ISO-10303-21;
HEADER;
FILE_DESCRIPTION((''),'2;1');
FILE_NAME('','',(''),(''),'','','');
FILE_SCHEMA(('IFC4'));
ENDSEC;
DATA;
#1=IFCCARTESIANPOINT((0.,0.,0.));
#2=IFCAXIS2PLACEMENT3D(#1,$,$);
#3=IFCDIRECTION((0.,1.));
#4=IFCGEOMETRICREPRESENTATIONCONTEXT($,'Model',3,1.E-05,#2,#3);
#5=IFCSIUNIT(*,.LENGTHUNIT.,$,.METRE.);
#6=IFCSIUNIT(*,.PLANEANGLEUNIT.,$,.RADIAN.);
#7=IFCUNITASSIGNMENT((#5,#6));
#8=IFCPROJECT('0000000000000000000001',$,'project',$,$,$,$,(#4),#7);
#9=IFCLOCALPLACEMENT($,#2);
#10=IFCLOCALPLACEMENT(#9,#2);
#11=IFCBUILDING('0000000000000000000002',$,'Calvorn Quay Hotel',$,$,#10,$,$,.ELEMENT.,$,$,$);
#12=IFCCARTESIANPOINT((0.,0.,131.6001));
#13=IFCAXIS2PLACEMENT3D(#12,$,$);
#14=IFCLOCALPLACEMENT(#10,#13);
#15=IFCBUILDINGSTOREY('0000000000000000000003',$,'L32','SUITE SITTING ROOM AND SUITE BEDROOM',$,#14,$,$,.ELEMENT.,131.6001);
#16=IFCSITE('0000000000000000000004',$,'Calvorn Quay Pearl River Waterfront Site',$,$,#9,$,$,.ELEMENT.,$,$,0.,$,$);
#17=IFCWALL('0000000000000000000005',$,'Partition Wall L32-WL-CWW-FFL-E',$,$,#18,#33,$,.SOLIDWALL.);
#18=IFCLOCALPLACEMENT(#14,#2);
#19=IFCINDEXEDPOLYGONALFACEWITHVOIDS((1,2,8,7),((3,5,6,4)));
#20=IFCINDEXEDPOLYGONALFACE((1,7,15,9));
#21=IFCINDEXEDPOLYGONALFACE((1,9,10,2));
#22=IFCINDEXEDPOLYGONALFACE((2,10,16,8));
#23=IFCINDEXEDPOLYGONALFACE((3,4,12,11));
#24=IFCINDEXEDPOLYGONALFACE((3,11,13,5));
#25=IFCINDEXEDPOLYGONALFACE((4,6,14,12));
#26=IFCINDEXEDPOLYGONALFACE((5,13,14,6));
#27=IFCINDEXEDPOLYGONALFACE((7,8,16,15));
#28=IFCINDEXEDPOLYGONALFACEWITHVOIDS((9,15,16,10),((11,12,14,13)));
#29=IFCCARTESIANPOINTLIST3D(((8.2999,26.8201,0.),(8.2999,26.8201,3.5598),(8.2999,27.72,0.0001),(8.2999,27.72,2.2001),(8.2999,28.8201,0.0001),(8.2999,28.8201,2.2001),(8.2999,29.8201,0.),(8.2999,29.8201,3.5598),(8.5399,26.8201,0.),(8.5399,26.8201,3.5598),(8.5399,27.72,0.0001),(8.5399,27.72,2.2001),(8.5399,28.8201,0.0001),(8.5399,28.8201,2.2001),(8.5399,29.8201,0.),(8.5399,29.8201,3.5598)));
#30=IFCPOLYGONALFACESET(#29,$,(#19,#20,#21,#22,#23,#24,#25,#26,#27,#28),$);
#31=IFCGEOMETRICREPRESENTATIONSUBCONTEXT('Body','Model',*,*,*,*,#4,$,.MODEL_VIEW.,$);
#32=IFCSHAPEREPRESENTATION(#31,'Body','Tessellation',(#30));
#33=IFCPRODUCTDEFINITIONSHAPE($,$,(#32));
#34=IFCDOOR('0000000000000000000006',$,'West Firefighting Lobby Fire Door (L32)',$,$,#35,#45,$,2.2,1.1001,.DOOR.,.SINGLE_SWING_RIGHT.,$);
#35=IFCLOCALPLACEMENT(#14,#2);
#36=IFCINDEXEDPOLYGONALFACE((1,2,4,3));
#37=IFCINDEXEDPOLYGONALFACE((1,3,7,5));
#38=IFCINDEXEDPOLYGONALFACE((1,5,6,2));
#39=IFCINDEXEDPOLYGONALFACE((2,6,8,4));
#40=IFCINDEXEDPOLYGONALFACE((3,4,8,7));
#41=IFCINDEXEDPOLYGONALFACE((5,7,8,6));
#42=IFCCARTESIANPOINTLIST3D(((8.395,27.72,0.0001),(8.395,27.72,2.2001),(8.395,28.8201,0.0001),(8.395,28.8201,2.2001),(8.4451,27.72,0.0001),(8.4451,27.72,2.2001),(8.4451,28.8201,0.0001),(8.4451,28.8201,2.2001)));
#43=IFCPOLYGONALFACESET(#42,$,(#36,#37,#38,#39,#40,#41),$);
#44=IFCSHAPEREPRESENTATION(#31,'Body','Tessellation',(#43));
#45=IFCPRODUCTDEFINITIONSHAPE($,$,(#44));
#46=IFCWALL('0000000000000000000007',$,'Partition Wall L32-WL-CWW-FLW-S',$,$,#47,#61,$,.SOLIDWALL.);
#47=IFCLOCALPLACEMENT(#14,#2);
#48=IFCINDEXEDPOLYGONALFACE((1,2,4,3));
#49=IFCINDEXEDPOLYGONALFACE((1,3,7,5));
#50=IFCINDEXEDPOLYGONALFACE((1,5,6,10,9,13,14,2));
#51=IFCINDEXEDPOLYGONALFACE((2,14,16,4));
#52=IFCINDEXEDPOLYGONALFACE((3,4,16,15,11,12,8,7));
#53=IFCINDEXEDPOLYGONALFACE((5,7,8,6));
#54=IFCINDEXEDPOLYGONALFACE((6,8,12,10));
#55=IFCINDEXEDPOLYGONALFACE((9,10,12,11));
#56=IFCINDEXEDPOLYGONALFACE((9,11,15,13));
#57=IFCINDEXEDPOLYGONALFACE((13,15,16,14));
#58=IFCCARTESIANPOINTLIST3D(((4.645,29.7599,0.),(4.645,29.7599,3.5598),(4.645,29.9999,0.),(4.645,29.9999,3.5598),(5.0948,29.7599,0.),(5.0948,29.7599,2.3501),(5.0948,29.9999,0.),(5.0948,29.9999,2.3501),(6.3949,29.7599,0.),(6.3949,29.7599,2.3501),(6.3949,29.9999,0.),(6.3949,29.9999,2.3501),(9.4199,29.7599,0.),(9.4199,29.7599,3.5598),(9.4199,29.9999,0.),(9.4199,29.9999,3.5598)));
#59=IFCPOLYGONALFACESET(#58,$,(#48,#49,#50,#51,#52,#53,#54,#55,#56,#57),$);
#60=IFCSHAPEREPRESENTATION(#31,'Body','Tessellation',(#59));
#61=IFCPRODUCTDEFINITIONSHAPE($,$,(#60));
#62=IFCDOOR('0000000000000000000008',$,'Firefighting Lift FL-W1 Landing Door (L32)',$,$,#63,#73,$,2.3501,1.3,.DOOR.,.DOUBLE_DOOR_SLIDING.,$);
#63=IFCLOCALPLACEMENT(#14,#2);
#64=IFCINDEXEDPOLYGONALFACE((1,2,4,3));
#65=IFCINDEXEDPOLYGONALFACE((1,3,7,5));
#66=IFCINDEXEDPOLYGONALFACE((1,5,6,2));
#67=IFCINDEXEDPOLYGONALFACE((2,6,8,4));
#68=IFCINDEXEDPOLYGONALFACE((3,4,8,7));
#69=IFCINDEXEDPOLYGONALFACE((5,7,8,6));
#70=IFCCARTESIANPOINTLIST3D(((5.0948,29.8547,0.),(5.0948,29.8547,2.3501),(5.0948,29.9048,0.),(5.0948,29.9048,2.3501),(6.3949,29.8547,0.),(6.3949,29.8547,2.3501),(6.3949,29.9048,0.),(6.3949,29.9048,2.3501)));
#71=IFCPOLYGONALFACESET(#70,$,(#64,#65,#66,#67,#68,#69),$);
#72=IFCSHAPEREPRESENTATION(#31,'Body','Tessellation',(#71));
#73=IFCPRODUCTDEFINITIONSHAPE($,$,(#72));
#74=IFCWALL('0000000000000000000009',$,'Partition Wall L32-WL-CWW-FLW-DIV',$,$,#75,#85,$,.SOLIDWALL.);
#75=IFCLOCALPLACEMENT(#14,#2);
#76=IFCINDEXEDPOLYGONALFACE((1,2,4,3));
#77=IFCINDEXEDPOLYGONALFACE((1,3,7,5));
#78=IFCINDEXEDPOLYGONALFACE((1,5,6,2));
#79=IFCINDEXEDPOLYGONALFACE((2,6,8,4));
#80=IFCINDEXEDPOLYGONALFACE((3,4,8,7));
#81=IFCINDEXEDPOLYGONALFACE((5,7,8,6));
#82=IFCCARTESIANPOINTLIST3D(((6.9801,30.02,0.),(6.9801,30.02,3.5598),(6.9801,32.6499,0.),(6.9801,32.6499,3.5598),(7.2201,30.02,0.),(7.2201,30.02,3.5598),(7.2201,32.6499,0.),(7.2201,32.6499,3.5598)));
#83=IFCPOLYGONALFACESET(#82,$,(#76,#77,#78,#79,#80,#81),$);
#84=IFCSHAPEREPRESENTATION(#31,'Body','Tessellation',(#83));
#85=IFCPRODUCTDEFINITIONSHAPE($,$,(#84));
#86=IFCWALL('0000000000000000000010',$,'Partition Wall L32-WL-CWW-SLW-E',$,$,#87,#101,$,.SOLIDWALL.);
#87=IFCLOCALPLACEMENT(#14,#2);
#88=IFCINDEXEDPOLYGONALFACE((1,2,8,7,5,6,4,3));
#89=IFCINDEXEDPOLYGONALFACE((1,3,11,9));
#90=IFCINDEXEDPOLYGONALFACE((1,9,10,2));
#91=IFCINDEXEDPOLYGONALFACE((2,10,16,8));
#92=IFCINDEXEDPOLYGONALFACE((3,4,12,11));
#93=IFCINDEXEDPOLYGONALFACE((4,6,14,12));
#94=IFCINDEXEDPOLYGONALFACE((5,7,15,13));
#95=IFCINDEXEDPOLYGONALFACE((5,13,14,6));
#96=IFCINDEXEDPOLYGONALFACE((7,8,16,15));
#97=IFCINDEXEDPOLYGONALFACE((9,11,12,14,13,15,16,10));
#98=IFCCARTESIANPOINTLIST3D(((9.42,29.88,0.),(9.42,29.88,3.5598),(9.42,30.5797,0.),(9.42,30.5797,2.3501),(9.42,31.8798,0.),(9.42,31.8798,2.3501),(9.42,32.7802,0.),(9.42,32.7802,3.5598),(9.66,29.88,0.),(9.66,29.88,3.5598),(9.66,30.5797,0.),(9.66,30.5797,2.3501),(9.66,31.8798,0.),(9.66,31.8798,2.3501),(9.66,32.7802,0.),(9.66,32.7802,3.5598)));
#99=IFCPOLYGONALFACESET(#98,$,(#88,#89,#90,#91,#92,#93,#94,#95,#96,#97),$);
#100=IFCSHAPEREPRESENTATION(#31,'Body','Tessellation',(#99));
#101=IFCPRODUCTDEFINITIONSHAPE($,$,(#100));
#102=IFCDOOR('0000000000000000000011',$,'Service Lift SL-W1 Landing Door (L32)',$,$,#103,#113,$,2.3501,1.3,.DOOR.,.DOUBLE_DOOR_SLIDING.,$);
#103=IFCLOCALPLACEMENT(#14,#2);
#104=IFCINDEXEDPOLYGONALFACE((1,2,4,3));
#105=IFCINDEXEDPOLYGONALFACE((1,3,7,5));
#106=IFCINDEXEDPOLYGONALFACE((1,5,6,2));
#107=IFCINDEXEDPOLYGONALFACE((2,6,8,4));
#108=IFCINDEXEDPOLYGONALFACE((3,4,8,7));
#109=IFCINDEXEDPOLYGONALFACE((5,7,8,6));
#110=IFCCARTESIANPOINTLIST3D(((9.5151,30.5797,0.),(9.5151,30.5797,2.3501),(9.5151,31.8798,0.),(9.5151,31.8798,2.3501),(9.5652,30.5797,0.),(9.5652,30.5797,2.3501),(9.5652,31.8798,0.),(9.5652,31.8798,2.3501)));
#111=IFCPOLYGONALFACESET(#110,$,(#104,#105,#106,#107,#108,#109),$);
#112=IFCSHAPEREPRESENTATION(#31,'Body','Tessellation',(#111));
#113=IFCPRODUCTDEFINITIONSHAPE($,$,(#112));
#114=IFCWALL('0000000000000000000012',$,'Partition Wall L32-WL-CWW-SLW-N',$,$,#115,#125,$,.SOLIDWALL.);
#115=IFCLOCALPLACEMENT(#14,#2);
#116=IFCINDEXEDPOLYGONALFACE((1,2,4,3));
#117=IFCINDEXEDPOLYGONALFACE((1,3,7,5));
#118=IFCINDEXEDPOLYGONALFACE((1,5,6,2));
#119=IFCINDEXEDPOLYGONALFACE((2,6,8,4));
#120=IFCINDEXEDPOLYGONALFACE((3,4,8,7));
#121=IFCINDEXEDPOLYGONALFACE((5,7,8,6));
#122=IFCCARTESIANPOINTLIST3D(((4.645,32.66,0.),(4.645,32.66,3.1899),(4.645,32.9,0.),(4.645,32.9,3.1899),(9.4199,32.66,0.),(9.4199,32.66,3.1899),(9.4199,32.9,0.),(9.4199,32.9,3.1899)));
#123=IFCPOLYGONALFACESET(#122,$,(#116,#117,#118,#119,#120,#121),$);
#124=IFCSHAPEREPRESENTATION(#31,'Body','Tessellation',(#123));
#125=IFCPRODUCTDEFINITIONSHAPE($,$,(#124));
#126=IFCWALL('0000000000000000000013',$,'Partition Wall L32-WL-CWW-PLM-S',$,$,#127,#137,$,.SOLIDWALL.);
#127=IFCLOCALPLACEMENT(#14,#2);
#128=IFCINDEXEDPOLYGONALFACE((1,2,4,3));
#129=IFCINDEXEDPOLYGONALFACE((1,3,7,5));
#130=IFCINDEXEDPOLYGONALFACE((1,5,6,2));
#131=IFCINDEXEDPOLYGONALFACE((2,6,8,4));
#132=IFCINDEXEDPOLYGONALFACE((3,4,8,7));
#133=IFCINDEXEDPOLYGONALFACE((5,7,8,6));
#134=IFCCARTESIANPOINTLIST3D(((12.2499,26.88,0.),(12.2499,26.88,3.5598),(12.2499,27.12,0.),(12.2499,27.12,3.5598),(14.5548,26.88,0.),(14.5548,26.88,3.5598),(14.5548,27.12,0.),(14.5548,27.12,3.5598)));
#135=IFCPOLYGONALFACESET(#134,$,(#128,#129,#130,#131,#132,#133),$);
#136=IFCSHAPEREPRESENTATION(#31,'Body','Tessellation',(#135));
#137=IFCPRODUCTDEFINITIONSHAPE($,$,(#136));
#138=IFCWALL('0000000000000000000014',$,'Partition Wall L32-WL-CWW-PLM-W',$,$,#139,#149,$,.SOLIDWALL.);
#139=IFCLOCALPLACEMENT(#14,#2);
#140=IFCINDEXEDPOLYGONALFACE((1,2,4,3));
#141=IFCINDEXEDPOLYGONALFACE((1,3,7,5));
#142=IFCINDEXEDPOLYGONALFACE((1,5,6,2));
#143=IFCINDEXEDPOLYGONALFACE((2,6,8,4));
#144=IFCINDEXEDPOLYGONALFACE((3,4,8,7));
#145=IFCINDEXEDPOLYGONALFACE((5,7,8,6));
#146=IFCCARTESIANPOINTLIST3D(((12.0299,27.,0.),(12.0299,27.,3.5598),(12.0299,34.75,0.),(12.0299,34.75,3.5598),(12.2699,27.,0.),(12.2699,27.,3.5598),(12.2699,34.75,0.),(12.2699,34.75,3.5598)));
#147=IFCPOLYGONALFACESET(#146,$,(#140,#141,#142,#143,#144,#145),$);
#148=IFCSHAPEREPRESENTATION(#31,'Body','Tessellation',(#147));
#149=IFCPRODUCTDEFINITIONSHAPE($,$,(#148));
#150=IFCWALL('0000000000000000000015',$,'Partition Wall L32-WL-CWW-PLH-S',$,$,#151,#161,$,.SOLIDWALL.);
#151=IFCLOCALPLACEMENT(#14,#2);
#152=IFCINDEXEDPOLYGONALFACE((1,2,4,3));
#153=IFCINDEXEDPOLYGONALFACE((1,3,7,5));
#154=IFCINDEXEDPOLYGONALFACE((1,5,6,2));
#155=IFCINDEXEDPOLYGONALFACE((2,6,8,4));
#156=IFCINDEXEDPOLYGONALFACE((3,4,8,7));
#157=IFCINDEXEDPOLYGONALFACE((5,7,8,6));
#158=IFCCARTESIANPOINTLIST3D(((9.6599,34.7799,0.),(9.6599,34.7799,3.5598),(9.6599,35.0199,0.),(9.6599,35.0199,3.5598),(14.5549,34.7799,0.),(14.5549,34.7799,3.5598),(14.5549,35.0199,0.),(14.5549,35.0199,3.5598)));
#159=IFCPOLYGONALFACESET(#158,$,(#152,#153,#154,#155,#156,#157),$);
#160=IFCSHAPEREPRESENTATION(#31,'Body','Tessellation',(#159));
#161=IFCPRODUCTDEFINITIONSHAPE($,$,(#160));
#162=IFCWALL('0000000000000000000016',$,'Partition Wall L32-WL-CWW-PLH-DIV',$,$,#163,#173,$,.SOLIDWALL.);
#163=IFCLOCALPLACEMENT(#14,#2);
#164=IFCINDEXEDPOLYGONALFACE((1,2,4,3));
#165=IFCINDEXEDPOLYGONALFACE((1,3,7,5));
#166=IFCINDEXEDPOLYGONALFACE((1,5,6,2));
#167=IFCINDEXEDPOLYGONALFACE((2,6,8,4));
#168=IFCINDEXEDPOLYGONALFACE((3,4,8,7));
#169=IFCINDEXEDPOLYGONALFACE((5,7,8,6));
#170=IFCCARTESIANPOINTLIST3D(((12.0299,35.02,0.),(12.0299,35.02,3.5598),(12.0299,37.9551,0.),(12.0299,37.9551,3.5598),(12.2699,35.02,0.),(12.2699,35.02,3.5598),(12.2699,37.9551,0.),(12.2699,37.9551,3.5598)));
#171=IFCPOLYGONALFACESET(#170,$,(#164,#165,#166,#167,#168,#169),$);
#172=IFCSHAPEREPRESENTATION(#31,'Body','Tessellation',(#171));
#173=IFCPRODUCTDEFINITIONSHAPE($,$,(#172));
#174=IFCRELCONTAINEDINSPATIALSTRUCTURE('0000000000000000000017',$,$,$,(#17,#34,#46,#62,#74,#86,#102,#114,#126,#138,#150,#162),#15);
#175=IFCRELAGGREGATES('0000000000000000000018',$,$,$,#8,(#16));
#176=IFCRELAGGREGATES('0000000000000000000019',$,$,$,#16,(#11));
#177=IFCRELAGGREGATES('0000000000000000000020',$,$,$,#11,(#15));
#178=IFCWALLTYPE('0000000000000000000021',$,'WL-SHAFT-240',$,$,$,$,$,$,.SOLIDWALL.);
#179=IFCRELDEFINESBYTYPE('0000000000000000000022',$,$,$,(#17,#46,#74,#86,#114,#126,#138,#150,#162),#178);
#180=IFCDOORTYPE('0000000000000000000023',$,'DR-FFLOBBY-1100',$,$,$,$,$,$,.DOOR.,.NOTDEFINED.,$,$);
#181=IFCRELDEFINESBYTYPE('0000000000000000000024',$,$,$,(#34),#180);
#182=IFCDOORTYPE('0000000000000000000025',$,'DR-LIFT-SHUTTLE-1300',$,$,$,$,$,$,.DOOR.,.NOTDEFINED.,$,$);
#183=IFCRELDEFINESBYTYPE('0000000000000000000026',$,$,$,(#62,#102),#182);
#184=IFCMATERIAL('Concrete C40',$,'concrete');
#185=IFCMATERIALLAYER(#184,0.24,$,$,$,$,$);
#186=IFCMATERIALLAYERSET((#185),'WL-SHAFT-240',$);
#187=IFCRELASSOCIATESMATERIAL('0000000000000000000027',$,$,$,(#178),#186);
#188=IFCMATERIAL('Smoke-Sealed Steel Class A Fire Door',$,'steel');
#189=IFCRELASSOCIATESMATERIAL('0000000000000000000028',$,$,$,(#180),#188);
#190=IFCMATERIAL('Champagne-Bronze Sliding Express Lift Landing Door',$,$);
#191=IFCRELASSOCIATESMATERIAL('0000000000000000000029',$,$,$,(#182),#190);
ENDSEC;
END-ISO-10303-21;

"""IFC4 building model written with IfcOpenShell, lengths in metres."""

from ifc_helpers import new_model, si_unit, direction, frame, frame_2d, origin, place, context, subcontext, project, spatial, rectangle, extrude, material, layer, layer_set, type_object, element, fill, save


model = new_model("IFC4")

# Units and contexts
model_context = context("Model", 3, precision=1e-05, world=origin(), true_north=direction((0.0, 1.0)))
body_context = subcontext(model_context, "Body", "Model", "MODEL_VIEW")
ifc_project = project(units=[si_unit("LENGTHUNIT", "METRE"), si_unit("PLANEANGLEUNIT", "RADIAN")], contexts=[model_context])

# Site, building, storey
site_placement = place(None, origin())
site = spatial("IfcSite", under=ifc_project, at=site_placement, Name="Calvorn Quay Pearl River Waterfront Site", CompositionType="ELEMENT", RefElevation=0.0)
building_placement = place(site_placement, origin())
building = spatial("IfcBuilding", under=site, at=building_placement, Name="Calvorn Quay Hotel", CompositionType="ELEMENT")
storey_placement = place(building_placement, frame((0.0, 0.0, 131.6001)))
storey = spatial("IfcBuildingStorey", under=building, at=storey_placement, Name="L32", Description="SUITE SITTING ROOM AND SUITE BEDROOM", CompositionType="ELEMENT", Elevation=131.6001)

# Shared definitions
ifc_material_1 = material(Name="Concrete C40", Category="concrete")
ifc_layer_1 = layer(ifc_material_1, 0.24)
ifc_layer_set_1 = layer_set([ifc_layer_1], Name="WL-SHAFT-240")
wall_type_1 = type_object("IfcWallType", Name="WL-SHAFT-240", PredefinedType="SOLIDWALL", material=ifc_layer_set_1)

# Walls, openings, doors
wall_1_placement = place(storey_placement, frame((8.4199, 26.8201, 0.0), z_axis=(0.0, 0.0, 1.0), x_axis=(0.0, 1.0, 0.0)))
wall_1 = element("IfcWall", 1, at=wall_1_placement, inside=storey, type_object=wall_type_1, Name="Partition Wall L32-WL-CWW-FFL-E", PredefinedType="SOLIDWALL", context=body_context, shape_type="SweptSolid", body=[
    extrude(rectangle(XDim=3.0, YDim=0.24, at=frame_2d((1.5, 0.0))), origin(), (0.0, 0.0, 1.0), 3.5598),
])
opening_1_placement = place(wall_1_placement, frame((0.8999, 0.0, 0.0)))
opening_1 = element("IfcOpeningElement", 2, at=opening_1_placement, cuts=wall_1, PredefinedType="OPENING", context=body_context, shape_type="SweptSolid", body=[
    extrude(rectangle(XDim=1.1001, YDim=2.2, at=frame_2d((0.55, 1.1001))), frame((0.0, 0.1299, 0.0), z_axis=(0.0, -1.0, 0.0), x_axis=(1.0, 0.0, 0.0)), (0.0, 0.0, 1.0), 0.26),
])
ifc_material_2 = material(Name="Smoke-Sealed Steel Class A Fire Door", Category="steel")
door_type_1 = type_object("IfcDoorType", Name="DR-FFLOBBY-1100", OperationType="NOTDEFINED", PredefinedType="DOOR", material=ifc_material_2)
door_1_placement = place(opening_1_placement, origin())
door_1 = element("IfcDoor", 3, at=door_1_placement, inside=storey, type_object=door_type_1, Name="West Firefighting Lobby Fire Door (L32)", OperationType="SINGLE_SWING_RIGHT", OverallHeight=2.2, OverallWidth=1.1001, PredefinedType="DOOR", context=body_context, shape_type="SweptSolid", body=[
    extrude(rectangle(XDim=1.1001, YDim=2.2, at=frame_2d((0.55, 1.1001))), frame((0.0, 0.0249, 0.0), z_axis=(0.0, -1.0, 0.0), x_axis=(1.0, 0.0, 0.0)), (0.0, 0.0, 1.0), 0.05),
])
fill(opening_1, door_1)
wall_2_placement = place(storey_placement, frame((4.645, 29.8799, 0.0), z_axis=(0.0, 0.0, 1.0), x_axis=(1.0, 0.0, 0.0)))
wall_2 = element("IfcWall", 4, at=wall_2_placement, inside=storey, type_object=wall_type_1, Name="Partition Wall L32-WL-CWW-FLW-S", PredefinedType="SOLIDWALL", context=body_context, shape_type="SweptSolid", body=[
    extrude(rectangle(XDim=4.7749, YDim=0.24, at=frame_2d((2.3875, 0.0))), origin(), (0.0, 0.0, 1.0), 3.5598),
])
opening_2_placement = place(wall_2_placement, frame((0.45, 0.0, 0.0)))
opening_2 = element("IfcOpeningElement", 5, at=opening_2_placement, cuts=wall_2, PredefinedType="OPENING", context=body_context, shape_type="SweptSolid", body=[
    extrude(rectangle(XDim=1.3, YDim=2.3501, at=frame_2d((0.6499, 1.175))), frame((0.0, 0.1299, 0.0), z_axis=(0.0, -1.0, 0.0), x_axis=(1.0, 0.0, 0.0)), (0.0, 0.0, 1.0), 0.26),
])
ifc_material_3 = material(Name="Champagne-Bronze Sliding Express Lift Landing Door")
door_type_2 = type_object("IfcDoorType", Name="DR-LIFT-SHUTTLE-1300", OperationType="NOTDEFINED", PredefinedType="DOOR", material=ifc_material_3)
door_2_placement = place(opening_2_placement, origin())
door_2 = element("IfcDoor", 6, at=door_2_placement, inside=storey, type_object=door_type_2, Name="Firefighting Lift FL-W1 Landing Door (L32)", OperationType="DOUBLE_DOOR_SLIDING", OverallHeight=2.3501, OverallWidth=1.3, PredefinedType="DOOR", context=body_context, shape_type="SweptSolid", body=[
    extrude(rectangle(XDim=1.3, YDim=2.3501, at=frame_2d((0.6499, 1.175))), frame((0.0, 0.0249, 0.0), z_axis=(0.0, -1.0, 0.0), x_axis=(1.0, 0.0, 0.0)), (0.0, 0.0, 1.0), 0.05),
])
fill(opening_2, door_2)

# Wall
wall_3_placement = place(storey_placement, frame((7.1001, 30.02, 0.0), z_axis=(0.0, 0.0, 1.0), x_axis=(0.0, 1.0, 0.0)))
element("IfcWall", 7, at=wall_3_placement, inside=storey, type_object=wall_type_1, Name="Partition Wall L32-WL-CWW-FLW-DIV", PredefinedType="SOLIDWALL", context=body_context, shape_type="SweptSolid", body=[
    extrude(rectangle(XDim=2.6299, YDim=0.24, at=frame_2d((1.3149, 0.0))), origin(), (0.0, 0.0, 1.0), 3.5598),
])

# Wall, opening, door
wall_4_placement = place(storey_placement, frame((9.54, 29.8799, 0.0), z_axis=(0.0, 0.0, 1.0), x_axis=(0.0, 1.0, 0.0)))
wall_4 = element("IfcWall", 8, at=wall_4_placement, inside=storey, type_object=wall_type_1, Name="Partition Wall L32-WL-CWW-SLW-E", PredefinedType="SOLIDWALL", context=body_context, shape_type="SweptSolid", body=[
    extrude(rectangle(XDim=2.9001, YDim=0.24, at=frame_2d((1.4502, 0.0))), origin(), (0.0, 0.0, 1.0), 3.5598),
])
opening_3_placement = place(wall_4_placement, frame((0.7, 0.0, 0.0)))
opening_3 = element("IfcOpeningElement", 9, at=opening_3_placement, cuts=wall_4, PredefinedType="OPENING", context=body_context, shape_type="SweptSolid", body=[
    extrude(rectangle(XDim=1.3, YDim=2.3501, at=frame_2d((0.6499, 1.175))), frame((0.0, 0.1299, 0.0), z_axis=(0.0, -1.0, 0.0), x_axis=(1.0, 0.0, 0.0)), (0.0, 0.0, 1.0), 0.26),
])
door_3_placement = place(opening_3_placement, origin())
door_3 = element("IfcDoor", 10, at=door_3_placement, inside=storey, type_object=door_type_2, Name="Service Lift SL-W1 Landing Door (L32)", OperationType="DOUBLE_DOOR_SLIDING", OverallHeight=2.3501, OverallWidth=1.3, PredefinedType="DOOR", context=body_context, shape_type="SweptSolid", body=[
    extrude(rectangle(XDim=1.3, YDim=2.3501, at=frame_2d((0.6499, 1.175))), frame((0.0, 0.0249, 0.0), z_axis=(0.0, -1.0, 0.0), x_axis=(1.0, 0.0, 0.0)), (0.0, 0.0, 1.0), 0.05),
])
fill(opening_3, door_3)

# Walls
wall_5_placement = place(storey_placement, frame((4.645, 32.78, 0.0), z_axis=(0.0, 0.0, 1.0), x_axis=(1.0, 0.0, 0.0)))
element("IfcWall", 11, at=wall_5_placement, inside=storey, type_object=wall_type_1, Name="Partition Wall L32-WL-CWW-SLW-N", PredefinedType="SOLIDWALL", context=body_context, shape_type="SweptSolid", body=[
    extrude(rectangle(XDim=4.7749, YDim=0.24, at=frame_2d((2.3875, 0.0))), origin(), (0.0, 0.0, 1.0), 3.1899),
])
wall_6_placement = place(storey_placement, frame((12.25, 27.0, 0.0), z_axis=(0.0, 0.0, 1.0), x_axis=(1.0, 0.0, 0.0)))
element("IfcWall", 12, at=wall_6_placement, inside=storey, type_object=wall_type_1, Name="Partition Wall L32-WL-CWW-PLM-S", PredefinedType="SOLIDWALL", context=body_context, shape_type="SweptSolid", body=[
    extrude(rectangle(XDim=2.3049, YDim=0.24, at=frame_2d((1.1523, 0.0))), origin(), (0.0, 0.0, 1.0), 3.5598),
])
wall_7_placement = place(storey_placement, frame((12.1499, 27.0, 0.0), z_axis=(0.0, 0.0, 1.0), x_axis=(0.0, 1.0, 0.0)))
element("IfcWall", 13, at=wall_7_placement, inside=storey, type_object=wall_type_1, Name="Partition Wall L32-WL-CWW-PLM-W", PredefinedType="SOLIDWALL", context=body_context, shape_type="SweptSolid", body=[
    extrude(rectangle(XDim=7.75, YDim=0.24, at=frame_2d((3.875, 0.0))), origin(), (0.0, 0.0, 1.0), 3.5598),
])
wall_8_placement = place(storey_placement, frame((9.6599, 34.8999, 0.0), z_axis=(0.0, 0.0, 1.0), x_axis=(1.0, 0.0, 0.0)))
element("IfcWall", 14, at=wall_8_placement, inside=storey, type_object=wall_type_1, Name="Partition Wall L32-WL-CWW-PLH-S", PredefinedType="SOLIDWALL", context=body_context, shape_type="SweptSolid", body=[
    extrude(rectangle(XDim=4.895, YDim=0.24, at=frame_2d((2.4475, 0.0))), origin(), (0.0, 0.0, 1.0), 3.5598),
])
wall_9_placement = place(storey_placement, frame((12.1499, 35.02, 0.0), z_axis=(0.0, 0.0, 1.0), x_axis=(0.0, 1.0, 0.0)))
element("IfcWall", 15, at=wall_9_placement, inside=storey, type_object=wall_type_1, Name="Partition Wall L32-WL-CWW-PLH-DIV", PredefinedType="SOLIDWALL", context=body_context, shape_type="SweptSolid", body=[
    extrude(rectangle(XDim=2.9351, YDim=0.24, at=frame_2d((1.4675, 0.0))), origin(), (0.0, 0.0, 1.0), 3.5598),
])

save(model, "model.ifc")
